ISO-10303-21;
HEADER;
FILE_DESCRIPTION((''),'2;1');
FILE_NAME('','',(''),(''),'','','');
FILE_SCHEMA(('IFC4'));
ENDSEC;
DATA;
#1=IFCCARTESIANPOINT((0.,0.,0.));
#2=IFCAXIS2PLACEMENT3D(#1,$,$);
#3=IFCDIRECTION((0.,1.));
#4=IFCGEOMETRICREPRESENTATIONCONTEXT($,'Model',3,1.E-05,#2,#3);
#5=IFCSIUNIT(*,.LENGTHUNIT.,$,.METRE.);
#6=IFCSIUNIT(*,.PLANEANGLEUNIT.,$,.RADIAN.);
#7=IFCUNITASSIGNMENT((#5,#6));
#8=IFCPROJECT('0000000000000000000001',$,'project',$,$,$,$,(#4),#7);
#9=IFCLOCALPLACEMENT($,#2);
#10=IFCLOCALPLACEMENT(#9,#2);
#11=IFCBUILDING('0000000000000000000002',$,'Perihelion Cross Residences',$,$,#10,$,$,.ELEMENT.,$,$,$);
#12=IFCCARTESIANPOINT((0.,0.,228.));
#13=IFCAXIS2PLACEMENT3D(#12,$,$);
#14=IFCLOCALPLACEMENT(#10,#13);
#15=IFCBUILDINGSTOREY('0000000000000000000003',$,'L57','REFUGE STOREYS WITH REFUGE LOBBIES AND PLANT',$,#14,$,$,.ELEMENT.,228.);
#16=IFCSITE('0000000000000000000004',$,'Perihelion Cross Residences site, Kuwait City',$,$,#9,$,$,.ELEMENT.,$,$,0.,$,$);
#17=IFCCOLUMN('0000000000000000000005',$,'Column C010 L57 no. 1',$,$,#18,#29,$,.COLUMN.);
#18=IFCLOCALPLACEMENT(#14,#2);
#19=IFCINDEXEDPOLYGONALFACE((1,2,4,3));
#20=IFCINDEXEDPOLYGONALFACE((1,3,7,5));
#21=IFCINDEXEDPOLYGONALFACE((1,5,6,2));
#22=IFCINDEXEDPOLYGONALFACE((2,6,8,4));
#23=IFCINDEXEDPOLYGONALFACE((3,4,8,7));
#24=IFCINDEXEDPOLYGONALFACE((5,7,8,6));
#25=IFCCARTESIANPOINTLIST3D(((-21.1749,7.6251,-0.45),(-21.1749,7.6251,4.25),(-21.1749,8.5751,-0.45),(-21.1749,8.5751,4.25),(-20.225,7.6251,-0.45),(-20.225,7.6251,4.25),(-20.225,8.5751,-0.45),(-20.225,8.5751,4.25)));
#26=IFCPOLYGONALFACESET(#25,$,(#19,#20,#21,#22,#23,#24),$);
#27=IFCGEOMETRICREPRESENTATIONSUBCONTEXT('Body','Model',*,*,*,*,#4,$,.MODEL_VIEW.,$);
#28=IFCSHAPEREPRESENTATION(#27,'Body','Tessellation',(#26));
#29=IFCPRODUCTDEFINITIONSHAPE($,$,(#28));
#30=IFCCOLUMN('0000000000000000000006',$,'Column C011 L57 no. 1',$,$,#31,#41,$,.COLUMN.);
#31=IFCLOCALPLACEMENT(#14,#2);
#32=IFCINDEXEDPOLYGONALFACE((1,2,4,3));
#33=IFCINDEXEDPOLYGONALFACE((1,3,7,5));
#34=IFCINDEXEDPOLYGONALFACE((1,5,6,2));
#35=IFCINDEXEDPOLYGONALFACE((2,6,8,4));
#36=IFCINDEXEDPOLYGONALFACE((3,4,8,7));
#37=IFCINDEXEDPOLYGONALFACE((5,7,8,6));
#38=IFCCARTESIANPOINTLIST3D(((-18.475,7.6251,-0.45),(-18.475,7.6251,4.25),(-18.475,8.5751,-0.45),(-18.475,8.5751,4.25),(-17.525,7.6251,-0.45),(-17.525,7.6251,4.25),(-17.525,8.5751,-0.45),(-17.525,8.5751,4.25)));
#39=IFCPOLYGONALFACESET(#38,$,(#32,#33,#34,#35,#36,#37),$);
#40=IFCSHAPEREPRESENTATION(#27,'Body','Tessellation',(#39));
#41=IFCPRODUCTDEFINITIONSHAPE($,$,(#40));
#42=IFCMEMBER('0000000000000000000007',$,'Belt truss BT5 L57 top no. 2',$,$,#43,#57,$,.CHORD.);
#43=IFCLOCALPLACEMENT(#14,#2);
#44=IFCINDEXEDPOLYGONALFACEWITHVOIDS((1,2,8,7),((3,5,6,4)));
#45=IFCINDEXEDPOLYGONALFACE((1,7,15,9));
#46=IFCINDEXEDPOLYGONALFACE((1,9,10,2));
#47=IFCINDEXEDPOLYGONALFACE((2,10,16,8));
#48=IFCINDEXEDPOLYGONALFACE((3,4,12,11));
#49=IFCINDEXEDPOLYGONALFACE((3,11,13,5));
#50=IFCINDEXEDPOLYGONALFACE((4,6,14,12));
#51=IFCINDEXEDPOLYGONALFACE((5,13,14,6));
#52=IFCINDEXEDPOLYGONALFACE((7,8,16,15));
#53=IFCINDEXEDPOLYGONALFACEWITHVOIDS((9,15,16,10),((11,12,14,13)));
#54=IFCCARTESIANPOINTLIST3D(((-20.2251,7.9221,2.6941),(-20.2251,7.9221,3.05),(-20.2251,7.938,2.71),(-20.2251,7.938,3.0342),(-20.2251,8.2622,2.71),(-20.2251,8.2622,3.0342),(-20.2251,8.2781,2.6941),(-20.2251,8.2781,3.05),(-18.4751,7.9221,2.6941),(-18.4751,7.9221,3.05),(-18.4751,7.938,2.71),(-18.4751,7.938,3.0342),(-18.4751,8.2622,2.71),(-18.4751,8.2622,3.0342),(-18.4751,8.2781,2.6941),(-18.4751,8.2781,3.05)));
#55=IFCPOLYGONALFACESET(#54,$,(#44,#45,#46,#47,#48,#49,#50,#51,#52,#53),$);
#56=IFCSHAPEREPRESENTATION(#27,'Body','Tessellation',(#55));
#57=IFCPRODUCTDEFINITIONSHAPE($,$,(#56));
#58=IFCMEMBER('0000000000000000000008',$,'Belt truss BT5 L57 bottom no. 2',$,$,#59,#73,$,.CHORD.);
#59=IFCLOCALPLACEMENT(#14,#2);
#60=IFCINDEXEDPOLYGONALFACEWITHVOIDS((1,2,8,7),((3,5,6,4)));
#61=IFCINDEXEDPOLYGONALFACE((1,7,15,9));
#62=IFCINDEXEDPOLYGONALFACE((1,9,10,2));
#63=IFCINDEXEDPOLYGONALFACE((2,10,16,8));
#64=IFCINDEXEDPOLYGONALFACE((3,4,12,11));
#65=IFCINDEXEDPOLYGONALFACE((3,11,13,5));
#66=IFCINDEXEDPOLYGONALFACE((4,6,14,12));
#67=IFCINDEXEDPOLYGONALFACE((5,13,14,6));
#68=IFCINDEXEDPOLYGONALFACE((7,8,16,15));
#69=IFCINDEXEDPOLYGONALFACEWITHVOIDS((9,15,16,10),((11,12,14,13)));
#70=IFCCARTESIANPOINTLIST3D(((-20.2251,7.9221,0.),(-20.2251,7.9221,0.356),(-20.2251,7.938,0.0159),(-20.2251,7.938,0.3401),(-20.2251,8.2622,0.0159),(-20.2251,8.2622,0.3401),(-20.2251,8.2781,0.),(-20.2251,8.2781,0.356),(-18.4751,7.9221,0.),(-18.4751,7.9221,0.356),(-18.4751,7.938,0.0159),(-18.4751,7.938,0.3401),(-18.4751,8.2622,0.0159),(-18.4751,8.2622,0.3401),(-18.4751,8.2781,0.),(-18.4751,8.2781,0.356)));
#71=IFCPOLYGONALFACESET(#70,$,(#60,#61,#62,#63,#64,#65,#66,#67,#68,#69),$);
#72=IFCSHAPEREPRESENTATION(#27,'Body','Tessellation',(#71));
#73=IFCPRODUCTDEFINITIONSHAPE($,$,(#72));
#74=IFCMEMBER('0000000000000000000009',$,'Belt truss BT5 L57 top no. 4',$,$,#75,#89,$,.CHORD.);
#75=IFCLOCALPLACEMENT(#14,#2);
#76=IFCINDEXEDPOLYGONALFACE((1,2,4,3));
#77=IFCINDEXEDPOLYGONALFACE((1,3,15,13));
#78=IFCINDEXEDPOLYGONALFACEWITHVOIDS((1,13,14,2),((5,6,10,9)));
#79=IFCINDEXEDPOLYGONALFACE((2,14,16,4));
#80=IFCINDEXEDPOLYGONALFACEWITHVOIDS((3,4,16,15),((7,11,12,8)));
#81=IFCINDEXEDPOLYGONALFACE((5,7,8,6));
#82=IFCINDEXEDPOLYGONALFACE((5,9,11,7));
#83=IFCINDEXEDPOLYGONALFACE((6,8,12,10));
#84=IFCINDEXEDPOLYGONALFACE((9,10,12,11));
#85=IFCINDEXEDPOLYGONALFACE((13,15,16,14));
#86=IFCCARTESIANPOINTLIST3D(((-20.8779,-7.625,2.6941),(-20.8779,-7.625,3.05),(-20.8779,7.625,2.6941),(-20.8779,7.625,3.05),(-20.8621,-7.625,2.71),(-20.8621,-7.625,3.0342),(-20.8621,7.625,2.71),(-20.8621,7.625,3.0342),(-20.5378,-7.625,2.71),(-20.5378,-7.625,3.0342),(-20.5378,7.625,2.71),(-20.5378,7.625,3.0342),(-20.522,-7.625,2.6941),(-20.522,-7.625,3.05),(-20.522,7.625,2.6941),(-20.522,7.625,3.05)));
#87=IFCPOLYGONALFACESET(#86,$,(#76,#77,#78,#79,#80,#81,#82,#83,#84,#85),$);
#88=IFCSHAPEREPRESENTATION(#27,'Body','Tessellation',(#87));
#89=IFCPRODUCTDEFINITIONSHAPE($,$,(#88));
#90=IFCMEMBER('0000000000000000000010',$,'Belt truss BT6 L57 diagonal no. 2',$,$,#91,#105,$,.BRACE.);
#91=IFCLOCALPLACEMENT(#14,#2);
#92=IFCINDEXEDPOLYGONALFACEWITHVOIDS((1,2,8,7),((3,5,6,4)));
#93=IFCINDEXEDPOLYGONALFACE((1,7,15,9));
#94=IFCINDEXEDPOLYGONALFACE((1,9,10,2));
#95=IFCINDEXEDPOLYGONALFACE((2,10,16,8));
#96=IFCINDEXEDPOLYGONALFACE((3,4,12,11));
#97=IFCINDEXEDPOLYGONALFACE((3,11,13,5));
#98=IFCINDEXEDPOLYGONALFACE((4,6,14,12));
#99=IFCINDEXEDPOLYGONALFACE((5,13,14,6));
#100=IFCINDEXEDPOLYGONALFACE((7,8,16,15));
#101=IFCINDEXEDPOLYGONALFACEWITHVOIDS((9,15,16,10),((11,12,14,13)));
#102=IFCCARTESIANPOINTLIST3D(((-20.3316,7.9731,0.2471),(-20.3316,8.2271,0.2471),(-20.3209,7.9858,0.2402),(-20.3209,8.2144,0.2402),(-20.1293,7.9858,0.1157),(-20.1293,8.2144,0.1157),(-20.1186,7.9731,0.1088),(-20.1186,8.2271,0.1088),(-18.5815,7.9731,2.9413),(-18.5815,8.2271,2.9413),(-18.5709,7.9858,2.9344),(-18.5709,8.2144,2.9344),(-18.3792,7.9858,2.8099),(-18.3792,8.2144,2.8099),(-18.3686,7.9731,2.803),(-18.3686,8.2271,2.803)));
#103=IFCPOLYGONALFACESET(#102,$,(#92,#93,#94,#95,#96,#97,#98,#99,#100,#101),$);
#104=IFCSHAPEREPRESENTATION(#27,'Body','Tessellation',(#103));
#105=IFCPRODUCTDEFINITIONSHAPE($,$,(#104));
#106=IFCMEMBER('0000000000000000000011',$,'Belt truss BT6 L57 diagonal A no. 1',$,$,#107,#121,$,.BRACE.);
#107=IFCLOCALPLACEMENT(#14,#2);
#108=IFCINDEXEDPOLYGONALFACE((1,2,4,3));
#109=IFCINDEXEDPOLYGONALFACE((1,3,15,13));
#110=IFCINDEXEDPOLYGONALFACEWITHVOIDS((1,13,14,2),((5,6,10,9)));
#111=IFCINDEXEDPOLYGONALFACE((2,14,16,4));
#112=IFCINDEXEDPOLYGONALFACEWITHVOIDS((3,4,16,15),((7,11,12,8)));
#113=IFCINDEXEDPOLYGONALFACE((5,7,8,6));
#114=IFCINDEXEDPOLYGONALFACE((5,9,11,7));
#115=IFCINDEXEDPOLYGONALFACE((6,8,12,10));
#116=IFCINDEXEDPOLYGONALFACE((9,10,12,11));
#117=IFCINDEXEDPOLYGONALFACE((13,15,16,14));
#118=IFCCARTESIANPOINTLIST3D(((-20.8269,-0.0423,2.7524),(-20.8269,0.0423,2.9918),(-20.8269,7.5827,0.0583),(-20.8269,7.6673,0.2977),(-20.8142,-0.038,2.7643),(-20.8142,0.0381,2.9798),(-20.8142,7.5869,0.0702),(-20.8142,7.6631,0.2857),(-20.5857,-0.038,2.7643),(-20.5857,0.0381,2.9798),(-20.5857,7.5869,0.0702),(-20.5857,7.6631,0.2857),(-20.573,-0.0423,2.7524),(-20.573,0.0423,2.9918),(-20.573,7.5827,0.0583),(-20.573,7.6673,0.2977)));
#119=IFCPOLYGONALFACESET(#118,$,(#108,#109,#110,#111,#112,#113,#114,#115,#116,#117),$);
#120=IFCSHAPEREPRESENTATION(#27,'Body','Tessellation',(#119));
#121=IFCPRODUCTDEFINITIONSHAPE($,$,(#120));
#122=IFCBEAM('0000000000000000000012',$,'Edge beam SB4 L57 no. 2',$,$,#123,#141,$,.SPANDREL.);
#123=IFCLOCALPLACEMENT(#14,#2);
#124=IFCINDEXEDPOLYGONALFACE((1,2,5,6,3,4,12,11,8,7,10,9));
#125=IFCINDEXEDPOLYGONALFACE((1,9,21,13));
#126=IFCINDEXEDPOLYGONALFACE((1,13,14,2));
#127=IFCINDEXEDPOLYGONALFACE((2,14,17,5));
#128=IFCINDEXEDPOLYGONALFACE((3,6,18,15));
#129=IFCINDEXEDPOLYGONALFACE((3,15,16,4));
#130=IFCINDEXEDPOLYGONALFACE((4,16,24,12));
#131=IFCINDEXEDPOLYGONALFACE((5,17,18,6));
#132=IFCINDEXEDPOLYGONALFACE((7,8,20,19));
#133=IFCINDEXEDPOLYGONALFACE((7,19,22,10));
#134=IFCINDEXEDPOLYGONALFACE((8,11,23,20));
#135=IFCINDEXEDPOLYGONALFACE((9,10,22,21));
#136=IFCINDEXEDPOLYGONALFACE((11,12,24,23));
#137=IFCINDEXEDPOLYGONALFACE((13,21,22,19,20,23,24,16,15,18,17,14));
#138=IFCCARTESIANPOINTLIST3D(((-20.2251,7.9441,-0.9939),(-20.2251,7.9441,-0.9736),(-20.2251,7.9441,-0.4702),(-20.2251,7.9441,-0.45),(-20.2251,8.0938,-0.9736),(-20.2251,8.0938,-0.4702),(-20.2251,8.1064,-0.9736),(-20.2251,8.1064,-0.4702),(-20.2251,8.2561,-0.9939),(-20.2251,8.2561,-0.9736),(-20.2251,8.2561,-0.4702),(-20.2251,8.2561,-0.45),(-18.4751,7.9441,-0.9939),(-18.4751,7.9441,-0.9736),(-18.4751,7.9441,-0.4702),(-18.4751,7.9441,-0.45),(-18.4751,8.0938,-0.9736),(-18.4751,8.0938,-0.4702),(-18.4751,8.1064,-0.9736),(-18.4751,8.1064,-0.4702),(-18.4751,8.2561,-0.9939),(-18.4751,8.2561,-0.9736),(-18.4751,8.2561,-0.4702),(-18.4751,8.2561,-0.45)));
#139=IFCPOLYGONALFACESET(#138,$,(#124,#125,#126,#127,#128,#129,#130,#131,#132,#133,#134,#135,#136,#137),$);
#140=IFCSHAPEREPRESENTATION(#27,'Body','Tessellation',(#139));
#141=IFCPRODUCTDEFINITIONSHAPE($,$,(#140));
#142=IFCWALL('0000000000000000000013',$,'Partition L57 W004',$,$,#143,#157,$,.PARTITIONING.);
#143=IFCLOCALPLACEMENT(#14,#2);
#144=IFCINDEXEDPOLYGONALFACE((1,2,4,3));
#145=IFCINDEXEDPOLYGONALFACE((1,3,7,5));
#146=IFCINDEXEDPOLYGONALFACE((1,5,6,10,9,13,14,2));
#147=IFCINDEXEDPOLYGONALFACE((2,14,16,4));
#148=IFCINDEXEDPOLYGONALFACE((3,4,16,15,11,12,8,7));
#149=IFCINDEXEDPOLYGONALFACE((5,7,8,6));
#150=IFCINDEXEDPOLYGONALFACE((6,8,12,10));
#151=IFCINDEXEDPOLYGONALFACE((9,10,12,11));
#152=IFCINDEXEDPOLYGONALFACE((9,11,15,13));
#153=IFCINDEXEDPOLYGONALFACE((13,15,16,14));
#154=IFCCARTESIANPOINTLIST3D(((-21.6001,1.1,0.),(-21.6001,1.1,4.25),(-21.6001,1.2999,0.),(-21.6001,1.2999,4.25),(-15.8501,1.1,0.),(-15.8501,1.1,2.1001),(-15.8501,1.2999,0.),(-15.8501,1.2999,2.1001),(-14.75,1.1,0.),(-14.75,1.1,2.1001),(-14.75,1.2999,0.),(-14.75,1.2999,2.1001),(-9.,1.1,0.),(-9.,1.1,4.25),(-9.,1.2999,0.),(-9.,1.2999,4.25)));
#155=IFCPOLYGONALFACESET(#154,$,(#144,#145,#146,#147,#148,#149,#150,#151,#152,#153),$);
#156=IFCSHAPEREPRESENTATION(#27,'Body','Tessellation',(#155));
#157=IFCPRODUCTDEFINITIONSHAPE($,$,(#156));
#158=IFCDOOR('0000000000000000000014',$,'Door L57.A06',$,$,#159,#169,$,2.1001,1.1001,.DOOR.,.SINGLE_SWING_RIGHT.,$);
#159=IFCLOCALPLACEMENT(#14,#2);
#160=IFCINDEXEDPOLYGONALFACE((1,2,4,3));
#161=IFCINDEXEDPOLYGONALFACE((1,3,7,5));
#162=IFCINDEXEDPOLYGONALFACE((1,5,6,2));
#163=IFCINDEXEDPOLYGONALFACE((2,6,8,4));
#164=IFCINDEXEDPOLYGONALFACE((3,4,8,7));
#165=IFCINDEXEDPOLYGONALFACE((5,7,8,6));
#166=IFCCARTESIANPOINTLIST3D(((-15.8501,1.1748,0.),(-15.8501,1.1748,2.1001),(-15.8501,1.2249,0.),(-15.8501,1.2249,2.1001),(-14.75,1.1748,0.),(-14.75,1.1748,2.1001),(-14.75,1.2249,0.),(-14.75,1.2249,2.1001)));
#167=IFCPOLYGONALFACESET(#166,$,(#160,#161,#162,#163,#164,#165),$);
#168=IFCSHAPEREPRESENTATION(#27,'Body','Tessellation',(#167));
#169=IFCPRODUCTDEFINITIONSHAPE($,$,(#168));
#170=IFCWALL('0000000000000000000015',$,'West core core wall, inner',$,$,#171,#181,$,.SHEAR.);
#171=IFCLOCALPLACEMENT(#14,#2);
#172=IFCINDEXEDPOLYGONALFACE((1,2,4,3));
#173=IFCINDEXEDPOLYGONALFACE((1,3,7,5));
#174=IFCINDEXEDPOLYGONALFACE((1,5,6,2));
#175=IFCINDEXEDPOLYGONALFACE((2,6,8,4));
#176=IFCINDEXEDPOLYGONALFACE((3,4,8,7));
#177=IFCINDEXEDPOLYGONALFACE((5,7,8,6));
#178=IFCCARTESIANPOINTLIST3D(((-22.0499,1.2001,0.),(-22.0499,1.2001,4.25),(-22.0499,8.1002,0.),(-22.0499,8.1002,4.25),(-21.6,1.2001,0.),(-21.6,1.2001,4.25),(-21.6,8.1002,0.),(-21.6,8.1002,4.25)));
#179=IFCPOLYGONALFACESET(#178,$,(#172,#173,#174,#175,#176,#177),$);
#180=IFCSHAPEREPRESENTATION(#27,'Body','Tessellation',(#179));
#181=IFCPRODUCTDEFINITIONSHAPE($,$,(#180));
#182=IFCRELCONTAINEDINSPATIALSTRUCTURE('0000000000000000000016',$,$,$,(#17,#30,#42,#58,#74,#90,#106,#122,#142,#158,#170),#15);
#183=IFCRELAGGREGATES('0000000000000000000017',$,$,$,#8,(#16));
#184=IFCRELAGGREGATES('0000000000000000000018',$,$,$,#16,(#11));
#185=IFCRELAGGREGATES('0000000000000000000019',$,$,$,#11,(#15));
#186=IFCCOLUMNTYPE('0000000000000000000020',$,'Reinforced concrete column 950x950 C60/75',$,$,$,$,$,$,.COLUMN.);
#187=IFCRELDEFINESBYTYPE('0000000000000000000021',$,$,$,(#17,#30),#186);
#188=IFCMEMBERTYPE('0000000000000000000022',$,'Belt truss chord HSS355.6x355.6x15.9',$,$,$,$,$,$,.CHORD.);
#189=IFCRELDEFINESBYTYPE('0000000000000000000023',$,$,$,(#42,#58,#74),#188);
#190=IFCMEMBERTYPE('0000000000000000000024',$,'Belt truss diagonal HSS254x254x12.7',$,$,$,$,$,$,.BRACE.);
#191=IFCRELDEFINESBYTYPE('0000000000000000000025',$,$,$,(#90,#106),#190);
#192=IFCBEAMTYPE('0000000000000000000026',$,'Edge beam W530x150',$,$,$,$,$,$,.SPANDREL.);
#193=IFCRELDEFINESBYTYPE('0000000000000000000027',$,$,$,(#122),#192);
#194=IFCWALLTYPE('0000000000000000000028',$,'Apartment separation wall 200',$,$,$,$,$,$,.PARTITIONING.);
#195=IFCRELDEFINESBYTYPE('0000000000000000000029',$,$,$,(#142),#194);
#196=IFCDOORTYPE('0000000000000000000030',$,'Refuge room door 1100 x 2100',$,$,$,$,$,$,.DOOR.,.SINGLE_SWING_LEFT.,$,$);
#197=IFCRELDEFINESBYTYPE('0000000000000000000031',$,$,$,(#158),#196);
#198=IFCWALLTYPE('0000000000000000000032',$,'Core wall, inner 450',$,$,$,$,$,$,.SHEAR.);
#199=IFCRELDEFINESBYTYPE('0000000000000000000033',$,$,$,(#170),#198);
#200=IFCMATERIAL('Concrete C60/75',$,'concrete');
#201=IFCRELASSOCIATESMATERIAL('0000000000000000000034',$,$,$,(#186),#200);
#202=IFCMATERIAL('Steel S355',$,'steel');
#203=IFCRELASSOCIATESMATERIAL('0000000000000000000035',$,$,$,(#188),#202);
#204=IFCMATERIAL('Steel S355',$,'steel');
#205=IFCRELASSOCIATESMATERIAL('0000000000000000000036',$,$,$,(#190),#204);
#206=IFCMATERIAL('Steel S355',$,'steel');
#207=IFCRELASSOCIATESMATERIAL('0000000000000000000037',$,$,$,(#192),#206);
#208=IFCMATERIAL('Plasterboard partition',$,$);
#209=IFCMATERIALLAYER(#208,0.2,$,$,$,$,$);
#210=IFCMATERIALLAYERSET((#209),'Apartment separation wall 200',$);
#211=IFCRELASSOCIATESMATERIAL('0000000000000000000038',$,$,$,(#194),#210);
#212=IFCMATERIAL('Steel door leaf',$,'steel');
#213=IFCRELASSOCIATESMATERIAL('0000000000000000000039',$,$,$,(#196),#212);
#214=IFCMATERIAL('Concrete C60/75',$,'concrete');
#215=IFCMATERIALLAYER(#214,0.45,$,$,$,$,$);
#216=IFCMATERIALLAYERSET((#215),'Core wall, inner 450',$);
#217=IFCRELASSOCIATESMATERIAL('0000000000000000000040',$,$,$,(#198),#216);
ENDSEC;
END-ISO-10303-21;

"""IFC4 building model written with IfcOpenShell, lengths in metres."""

from ifc_helpers import new_model, si_unit, direction, frame, frame_2d, origin, origin_2d, place, context, subcontext, project, spatial, rectangle, hollow_rectangle, i_section, extrude, material, layer, layer_set, material_profile, profile_set, type_object, element, fill, save


model = new_model("IFC4")

# Units and contexts
model_context = context("Model", 3, precision=1e-05, world=origin(), true_north=direction((0.0, 1.0)))
body_context = subcontext(model_context, "Body", "Model", "MODEL_VIEW")
ifc_project = project(units=[si_unit("LENGTHUNIT", "METRE"), si_unit("PLANEANGLEUNIT", "RADIAN")], contexts=[model_context])

# Site, building, storey
site_placement = place(None, origin())
site = spatial("IfcSite", under=ifc_project, at=site_placement, Name="Perihelion Cross Residences site, Kuwait City", CompositionType="ELEMENT", RefElevation=0.0)
building_placement = place(site_placement, origin())
building = spatial("IfcBuilding", under=site, at=building_placement, Name="Perihelion Cross Residences", CompositionType="ELEMENT")
storey_placement = place(building_placement, frame((0.0, 0.0, 228.0)))
storey = spatial("IfcBuildingStorey", under=building, at=storey_placement, Name="L57", Description="REFUGE STOREYS WITH REFUGE LOBBIES AND PLANT", CompositionType="ELEMENT", Elevation=228.0)

# Columns
ifc_material_1 = material(Name="Concrete C60/75", Category="concrete")
ifc_material_profile_1 = material_profile(ifc_material_1, rectangle(XDim=0.95, YDim=0.95, at=origin_2d()), Name="RC 950x950")
ifc_profile_set_1 = profile_set([ifc_material_profile_1], Name="Concrete C60/75")
column_type = type_object("IfcColumnType", Name="Reinforced concrete column 950x950 C60/75", PredefinedType="COLUMN", material=ifc_profile_set_1)
for number, where, z_axis, x_axis, name in (
    (1, (-20.7, 8.1001, -0.45), (0.0, 0.0, 1.0), (1.0, 0.0, 0.0), "Column C010 L57 no. 1"),
    (2, (-18.0, 8.1001, -0.45), (0.0, 0.0, 1.0), (1.0, 0.0, 0.0), "Column C011 L57 no. 1"),
):
    element("IfcColumn", number, at=place(storey_placement, frame(where, z_axis=z_axis, x_axis=x_axis)), inside=storey, type_object=column_type, Name=name, PredefinedType="COLUMN", context=body_context, shape_type="SweptSolid", body=[
        extrude(rectangle(XDim=0.95, YDim=0.95, at=origin_2d()), origin(), (0.0, 0.0, 1.0), 4.7),
    ])

# Members
ifc_material_2 = material(Name="Steel S355", Category="steel")
ifc_material_profile_2 = material_profile(ifc_material_2, hollow_rectangle(XDim=0.356, YDim=0.356, WallThickness=0.0159, at=origin_2d()), Name="HSS355.6x355.6x15.9")
ifc_profile_set_2 = profile_set([ifc_material_profile_2], Name="Steel S355")
member_type_1 = type_object("IfcMemberType", Name="Belt truss chord HSS355.6x355.6x15.9", PredefinedType="CHORD", material=ifc_profile_set_2)
for number, where, z_axis, x_axis, name in (
    (3, (-18.4751, 8.1001, 2.8721), (-1.0, 0.0, 0.0), (0.0, -1.0, 0.0), "Belt truss BT5 L57 top no. 2"),
    (4, (-18.4751, 8.1001, 0.178), (-1.0, 0.0, 0.0), (0.0, -1.0, 0.0), "Belt truss BT5 L57 bottom no. 2"),
):
    element("IfcMember", number, at=place(storey_placement, frame(where, z_axis=z_axis, x_axis=x_axis)), inside=storey, type_object=member_type_1, Name=name, PredefinedType="CHORD", context=body_context, shape_type="SweptSolid", body=[
        extrude(hollow_rectangle(XDim=0.356, YDim=0.356, WallThickness=0.0159, at=origin_2d()), origin(), (0.0, 0.0, 1.0), 1.75),
    ])
member_1_placement = place(storey_placement, frame((-20.7, 7.625, 2.8721), z_axis=(0.0, -1.0, 0.0), x_axis=(1.0, 0.0, 0.0)))
element("IfcMember", 5, at=member_1_placement, inside=storey, type_object=member_type_1, Name="Belt truss BT5 L57 top no. 4", PredefinedType="CHORD", context=body_context, shape_type="SweptSolid", body=[
    extrude(hollow_rectangle(XDim=0.356, YDim=0.356, WallThickness=0.0159, at=origin_2d()), origin(), (0.0, 0.0, 1.0), 15.25),
])
ifc_material_3 = material(Name="Steel S355", Category="steel")
ifc_material_profile_3 = material_profile(ifc_material_3, hollow_rectangle(XDim=0.2539, YDim=0.2539, WallThickness=0.0127, at=origin_2d()), Name="HSS254x254x12.7")
ifc_profile_set_3 = profile_set([ifc_material_profile_3], Name="Steel S355")
member_type_2 = type_object("IfcMemberType", Name="Belt truss diagonal HSS254x254x12.7", PredefinedType="BRACE", material=ifc_profile_set_3)
member_2_placement = place(storey_placement, frame((-20.2251, 8.1001, 0.178), z_axis=(0.544735, 0.0, 0.838609), x_axis=(0.0, 1.0, 0.0)))
element("IfcMember", 6, at=member_2_placement, inside=storey, type_object=member_type_2, Name="Belt truss BT6 L57 diagonal no. 2", PredefinedType="BRACE", context=body_context, shape_type="SweptSolid", body=[
    extrude(hollow_rectangle(XDim=0.2539, YDim=0.2539, WallThickness=0.0127, at=origin_2d()), origin(), (0.0, 0.0, 1.0), 3.2126),
])
member_3_placement = place(storey_placement, frame((-20.7, 7.625, 0.178), z_axis=(0.0, -0.942877, 0.333141), x_axis=(1.0, 0.0, 0.0)))
element("IfcMember", 7, at=member_3_placement, inside=storey, type_object=member_type_2, Name="Belt truss BT6 L57 diagonal A no. 1", PredefinedType="BRACE", context=body_context, shape_type="SweptSolid", body=[
    extrude(hollow_rectangle(XDim=0.2539, YDim=0.2539, WallThickness=0.0127, at=origin_2d()), origin(), (0.0, 0.0, 1.0), 8.0869),
])

# Beam
ifc_material_4 = material(Name="Steel S355", Category="steel")
ifc_material_profile_4 = material_profile(ifc_material_4, i_section(OverallWidth=0.312, OverallDepth=0.5439, WebThickness=0.0127, FlangeThickness=0.0203, at=origin_2d()), Name="W530x150")
ifc_profile_set_4 = profile_set([ifc_material_profile_4], Name="Steel S355")
beam_type = type_object("IfcBeamType", Name="Edge beam W530x150", PredefinedType="SPANDREL", material=ifc_profile_set_4)
beam_placement = place(storey_placement, frame((-18.4751, 8.1001, -0.7219), z_axis=(-1.0, 0.0, 0.0), x_axis=(0.0, -1.0, 0.0)))
element("IfcBeam", 8, at=beam_placement, inside=storey, type_object=beam_type, Name="Edge beam SB4 L57 no. 2", PredefinedType="SPANDREL", context=body_context, shape_type="SweptSolid", body=[
    extrude(i_section(OverallWidth=0.312, OverallDepth=0.5439, WebThickness=0.0127, FlangeThickness=0.0203, at=origin_2d()), origin(), (0.0, 0.0, 1.0), 1.75),
])

# Wall, opening, door
ifc_material_5 = material(Name="Plasterboard partition")
ifc_layer_1 = layer(ifc_material_5, 0.2)
ifc_layer_set_1 = layer_set([ifc_layer_1], Name="Apartment separation wall 200")
wall_type_1 = type_object("IfcWallType", Name="Apartment separation wall 200", PredefinedType="PARTITIONING", material=ifc_layer_set_1)
wall_1_placement = place(storey_placement, frame((-21.6001, 1.2, 0.0), z_axis=(0.0, 0.0, 1.0), x_axis=(1.0, 0.0, 0.0)))
wall_1 = element("IfcWall", 9, at=wall_1_placement, inside=storey, type_object=wall_type_1, Name="Partition L57 W004", PredefinedType="PARTITIONING", context=body_context, shape_type="SweptSolid", body=[
    extrude(rectangle(XDim=12.6001, YDim=0.2, at=frame_2d((6.3, 0.0))), origin(), (0.0, 0.0, 1.0), 4.25),
])
opening_placement = place(wall_1_placement, frame((5.75, 0.0, 0.0)))
opening = element("IfcOpeningElement", 10, at=opening_placement, cuts=wall_1, PredefinedType="OPENING", context=body_context, shape_type="SweptSolid", body=[
    extrude(rectangle(XDim=1.1001, YDim=2.1001, at=frame_2d((0.55, 1.05))), frame((0.0, 0.1099, 0.0), z_axis=(0.0, -1.0, 0.0), x_axis=(1.0, 0.0, 0.0)), (0.0, 0.0, 1.0), 0.22),
])
ifc_material_6 = material(Name="Steel door leaf", Category="steel")
door_type = type_object("IfcDoorType", Name="Refuge room door 1100 x 2100", OperationType="SINGLE_SWING_LEFT", PredefinedType="DOOR", material=ifc_material_6)
door_placement = place(opening_placement, origin())
door = element("IfcDoor", 11, at=door_placement, inside=storey, type_object=door_type, Name="Door L57.A06", OperationType="SINGLE_SWING_RIGHT", OverallHeight=2.1001, OverallWidth=1.1001, PredefinedType="DOOR", context=body_context, shape_type="SweptSolid", body=[
    extrude(rectangle(XDim=1.1001, YDim=2.1001, at=frame_2d((0.55, 1.05))), frame((0.0, 0.0249, 0.0), z_axis=(0.0, -1.0, 0.0), x_axis=(1.0, 0.0, 0.0)), (0.0, 0.0, 1.0), 0.05),
])
fill(opening, door)

# Wall
ifc_material_7 = material(Name="Concrete C60/75", Category="concrete")
ifc_layer_2 = layer(ifc_material_7, 0.45)
ifc_layer_set_2 = layer_set([ifc_layer_2], Name="Core wall, inner 450")
wall_type_2 = type_object("IfcWallType", Name="Core wall, inner 450", PredefinedType="SHEAR", material=ifc_layer_set_2)
wall_2_placement = place(storey_placement, frame((-21.825, 1.2, 0.0), z_axis=(0.0, 0.0, 1.0), x_axis=(0.0, 1.0, 0.0)))
element("IfcWall", 12, at=wall_2_placement, inside=storey, type_object=wall_type_2, Name="West core core wall, inner", PredefinedType="SHEAR", context=body_context, shape_type="SweptSolid", body=[
    extrude(rectangle(XDim=6.9001, YDim=0.45, at=frame_2d((3.4502, 0.0))), origin(), (0.0, 0.0, 1.0), 4.25),
])

save(model, "model.ifc")
